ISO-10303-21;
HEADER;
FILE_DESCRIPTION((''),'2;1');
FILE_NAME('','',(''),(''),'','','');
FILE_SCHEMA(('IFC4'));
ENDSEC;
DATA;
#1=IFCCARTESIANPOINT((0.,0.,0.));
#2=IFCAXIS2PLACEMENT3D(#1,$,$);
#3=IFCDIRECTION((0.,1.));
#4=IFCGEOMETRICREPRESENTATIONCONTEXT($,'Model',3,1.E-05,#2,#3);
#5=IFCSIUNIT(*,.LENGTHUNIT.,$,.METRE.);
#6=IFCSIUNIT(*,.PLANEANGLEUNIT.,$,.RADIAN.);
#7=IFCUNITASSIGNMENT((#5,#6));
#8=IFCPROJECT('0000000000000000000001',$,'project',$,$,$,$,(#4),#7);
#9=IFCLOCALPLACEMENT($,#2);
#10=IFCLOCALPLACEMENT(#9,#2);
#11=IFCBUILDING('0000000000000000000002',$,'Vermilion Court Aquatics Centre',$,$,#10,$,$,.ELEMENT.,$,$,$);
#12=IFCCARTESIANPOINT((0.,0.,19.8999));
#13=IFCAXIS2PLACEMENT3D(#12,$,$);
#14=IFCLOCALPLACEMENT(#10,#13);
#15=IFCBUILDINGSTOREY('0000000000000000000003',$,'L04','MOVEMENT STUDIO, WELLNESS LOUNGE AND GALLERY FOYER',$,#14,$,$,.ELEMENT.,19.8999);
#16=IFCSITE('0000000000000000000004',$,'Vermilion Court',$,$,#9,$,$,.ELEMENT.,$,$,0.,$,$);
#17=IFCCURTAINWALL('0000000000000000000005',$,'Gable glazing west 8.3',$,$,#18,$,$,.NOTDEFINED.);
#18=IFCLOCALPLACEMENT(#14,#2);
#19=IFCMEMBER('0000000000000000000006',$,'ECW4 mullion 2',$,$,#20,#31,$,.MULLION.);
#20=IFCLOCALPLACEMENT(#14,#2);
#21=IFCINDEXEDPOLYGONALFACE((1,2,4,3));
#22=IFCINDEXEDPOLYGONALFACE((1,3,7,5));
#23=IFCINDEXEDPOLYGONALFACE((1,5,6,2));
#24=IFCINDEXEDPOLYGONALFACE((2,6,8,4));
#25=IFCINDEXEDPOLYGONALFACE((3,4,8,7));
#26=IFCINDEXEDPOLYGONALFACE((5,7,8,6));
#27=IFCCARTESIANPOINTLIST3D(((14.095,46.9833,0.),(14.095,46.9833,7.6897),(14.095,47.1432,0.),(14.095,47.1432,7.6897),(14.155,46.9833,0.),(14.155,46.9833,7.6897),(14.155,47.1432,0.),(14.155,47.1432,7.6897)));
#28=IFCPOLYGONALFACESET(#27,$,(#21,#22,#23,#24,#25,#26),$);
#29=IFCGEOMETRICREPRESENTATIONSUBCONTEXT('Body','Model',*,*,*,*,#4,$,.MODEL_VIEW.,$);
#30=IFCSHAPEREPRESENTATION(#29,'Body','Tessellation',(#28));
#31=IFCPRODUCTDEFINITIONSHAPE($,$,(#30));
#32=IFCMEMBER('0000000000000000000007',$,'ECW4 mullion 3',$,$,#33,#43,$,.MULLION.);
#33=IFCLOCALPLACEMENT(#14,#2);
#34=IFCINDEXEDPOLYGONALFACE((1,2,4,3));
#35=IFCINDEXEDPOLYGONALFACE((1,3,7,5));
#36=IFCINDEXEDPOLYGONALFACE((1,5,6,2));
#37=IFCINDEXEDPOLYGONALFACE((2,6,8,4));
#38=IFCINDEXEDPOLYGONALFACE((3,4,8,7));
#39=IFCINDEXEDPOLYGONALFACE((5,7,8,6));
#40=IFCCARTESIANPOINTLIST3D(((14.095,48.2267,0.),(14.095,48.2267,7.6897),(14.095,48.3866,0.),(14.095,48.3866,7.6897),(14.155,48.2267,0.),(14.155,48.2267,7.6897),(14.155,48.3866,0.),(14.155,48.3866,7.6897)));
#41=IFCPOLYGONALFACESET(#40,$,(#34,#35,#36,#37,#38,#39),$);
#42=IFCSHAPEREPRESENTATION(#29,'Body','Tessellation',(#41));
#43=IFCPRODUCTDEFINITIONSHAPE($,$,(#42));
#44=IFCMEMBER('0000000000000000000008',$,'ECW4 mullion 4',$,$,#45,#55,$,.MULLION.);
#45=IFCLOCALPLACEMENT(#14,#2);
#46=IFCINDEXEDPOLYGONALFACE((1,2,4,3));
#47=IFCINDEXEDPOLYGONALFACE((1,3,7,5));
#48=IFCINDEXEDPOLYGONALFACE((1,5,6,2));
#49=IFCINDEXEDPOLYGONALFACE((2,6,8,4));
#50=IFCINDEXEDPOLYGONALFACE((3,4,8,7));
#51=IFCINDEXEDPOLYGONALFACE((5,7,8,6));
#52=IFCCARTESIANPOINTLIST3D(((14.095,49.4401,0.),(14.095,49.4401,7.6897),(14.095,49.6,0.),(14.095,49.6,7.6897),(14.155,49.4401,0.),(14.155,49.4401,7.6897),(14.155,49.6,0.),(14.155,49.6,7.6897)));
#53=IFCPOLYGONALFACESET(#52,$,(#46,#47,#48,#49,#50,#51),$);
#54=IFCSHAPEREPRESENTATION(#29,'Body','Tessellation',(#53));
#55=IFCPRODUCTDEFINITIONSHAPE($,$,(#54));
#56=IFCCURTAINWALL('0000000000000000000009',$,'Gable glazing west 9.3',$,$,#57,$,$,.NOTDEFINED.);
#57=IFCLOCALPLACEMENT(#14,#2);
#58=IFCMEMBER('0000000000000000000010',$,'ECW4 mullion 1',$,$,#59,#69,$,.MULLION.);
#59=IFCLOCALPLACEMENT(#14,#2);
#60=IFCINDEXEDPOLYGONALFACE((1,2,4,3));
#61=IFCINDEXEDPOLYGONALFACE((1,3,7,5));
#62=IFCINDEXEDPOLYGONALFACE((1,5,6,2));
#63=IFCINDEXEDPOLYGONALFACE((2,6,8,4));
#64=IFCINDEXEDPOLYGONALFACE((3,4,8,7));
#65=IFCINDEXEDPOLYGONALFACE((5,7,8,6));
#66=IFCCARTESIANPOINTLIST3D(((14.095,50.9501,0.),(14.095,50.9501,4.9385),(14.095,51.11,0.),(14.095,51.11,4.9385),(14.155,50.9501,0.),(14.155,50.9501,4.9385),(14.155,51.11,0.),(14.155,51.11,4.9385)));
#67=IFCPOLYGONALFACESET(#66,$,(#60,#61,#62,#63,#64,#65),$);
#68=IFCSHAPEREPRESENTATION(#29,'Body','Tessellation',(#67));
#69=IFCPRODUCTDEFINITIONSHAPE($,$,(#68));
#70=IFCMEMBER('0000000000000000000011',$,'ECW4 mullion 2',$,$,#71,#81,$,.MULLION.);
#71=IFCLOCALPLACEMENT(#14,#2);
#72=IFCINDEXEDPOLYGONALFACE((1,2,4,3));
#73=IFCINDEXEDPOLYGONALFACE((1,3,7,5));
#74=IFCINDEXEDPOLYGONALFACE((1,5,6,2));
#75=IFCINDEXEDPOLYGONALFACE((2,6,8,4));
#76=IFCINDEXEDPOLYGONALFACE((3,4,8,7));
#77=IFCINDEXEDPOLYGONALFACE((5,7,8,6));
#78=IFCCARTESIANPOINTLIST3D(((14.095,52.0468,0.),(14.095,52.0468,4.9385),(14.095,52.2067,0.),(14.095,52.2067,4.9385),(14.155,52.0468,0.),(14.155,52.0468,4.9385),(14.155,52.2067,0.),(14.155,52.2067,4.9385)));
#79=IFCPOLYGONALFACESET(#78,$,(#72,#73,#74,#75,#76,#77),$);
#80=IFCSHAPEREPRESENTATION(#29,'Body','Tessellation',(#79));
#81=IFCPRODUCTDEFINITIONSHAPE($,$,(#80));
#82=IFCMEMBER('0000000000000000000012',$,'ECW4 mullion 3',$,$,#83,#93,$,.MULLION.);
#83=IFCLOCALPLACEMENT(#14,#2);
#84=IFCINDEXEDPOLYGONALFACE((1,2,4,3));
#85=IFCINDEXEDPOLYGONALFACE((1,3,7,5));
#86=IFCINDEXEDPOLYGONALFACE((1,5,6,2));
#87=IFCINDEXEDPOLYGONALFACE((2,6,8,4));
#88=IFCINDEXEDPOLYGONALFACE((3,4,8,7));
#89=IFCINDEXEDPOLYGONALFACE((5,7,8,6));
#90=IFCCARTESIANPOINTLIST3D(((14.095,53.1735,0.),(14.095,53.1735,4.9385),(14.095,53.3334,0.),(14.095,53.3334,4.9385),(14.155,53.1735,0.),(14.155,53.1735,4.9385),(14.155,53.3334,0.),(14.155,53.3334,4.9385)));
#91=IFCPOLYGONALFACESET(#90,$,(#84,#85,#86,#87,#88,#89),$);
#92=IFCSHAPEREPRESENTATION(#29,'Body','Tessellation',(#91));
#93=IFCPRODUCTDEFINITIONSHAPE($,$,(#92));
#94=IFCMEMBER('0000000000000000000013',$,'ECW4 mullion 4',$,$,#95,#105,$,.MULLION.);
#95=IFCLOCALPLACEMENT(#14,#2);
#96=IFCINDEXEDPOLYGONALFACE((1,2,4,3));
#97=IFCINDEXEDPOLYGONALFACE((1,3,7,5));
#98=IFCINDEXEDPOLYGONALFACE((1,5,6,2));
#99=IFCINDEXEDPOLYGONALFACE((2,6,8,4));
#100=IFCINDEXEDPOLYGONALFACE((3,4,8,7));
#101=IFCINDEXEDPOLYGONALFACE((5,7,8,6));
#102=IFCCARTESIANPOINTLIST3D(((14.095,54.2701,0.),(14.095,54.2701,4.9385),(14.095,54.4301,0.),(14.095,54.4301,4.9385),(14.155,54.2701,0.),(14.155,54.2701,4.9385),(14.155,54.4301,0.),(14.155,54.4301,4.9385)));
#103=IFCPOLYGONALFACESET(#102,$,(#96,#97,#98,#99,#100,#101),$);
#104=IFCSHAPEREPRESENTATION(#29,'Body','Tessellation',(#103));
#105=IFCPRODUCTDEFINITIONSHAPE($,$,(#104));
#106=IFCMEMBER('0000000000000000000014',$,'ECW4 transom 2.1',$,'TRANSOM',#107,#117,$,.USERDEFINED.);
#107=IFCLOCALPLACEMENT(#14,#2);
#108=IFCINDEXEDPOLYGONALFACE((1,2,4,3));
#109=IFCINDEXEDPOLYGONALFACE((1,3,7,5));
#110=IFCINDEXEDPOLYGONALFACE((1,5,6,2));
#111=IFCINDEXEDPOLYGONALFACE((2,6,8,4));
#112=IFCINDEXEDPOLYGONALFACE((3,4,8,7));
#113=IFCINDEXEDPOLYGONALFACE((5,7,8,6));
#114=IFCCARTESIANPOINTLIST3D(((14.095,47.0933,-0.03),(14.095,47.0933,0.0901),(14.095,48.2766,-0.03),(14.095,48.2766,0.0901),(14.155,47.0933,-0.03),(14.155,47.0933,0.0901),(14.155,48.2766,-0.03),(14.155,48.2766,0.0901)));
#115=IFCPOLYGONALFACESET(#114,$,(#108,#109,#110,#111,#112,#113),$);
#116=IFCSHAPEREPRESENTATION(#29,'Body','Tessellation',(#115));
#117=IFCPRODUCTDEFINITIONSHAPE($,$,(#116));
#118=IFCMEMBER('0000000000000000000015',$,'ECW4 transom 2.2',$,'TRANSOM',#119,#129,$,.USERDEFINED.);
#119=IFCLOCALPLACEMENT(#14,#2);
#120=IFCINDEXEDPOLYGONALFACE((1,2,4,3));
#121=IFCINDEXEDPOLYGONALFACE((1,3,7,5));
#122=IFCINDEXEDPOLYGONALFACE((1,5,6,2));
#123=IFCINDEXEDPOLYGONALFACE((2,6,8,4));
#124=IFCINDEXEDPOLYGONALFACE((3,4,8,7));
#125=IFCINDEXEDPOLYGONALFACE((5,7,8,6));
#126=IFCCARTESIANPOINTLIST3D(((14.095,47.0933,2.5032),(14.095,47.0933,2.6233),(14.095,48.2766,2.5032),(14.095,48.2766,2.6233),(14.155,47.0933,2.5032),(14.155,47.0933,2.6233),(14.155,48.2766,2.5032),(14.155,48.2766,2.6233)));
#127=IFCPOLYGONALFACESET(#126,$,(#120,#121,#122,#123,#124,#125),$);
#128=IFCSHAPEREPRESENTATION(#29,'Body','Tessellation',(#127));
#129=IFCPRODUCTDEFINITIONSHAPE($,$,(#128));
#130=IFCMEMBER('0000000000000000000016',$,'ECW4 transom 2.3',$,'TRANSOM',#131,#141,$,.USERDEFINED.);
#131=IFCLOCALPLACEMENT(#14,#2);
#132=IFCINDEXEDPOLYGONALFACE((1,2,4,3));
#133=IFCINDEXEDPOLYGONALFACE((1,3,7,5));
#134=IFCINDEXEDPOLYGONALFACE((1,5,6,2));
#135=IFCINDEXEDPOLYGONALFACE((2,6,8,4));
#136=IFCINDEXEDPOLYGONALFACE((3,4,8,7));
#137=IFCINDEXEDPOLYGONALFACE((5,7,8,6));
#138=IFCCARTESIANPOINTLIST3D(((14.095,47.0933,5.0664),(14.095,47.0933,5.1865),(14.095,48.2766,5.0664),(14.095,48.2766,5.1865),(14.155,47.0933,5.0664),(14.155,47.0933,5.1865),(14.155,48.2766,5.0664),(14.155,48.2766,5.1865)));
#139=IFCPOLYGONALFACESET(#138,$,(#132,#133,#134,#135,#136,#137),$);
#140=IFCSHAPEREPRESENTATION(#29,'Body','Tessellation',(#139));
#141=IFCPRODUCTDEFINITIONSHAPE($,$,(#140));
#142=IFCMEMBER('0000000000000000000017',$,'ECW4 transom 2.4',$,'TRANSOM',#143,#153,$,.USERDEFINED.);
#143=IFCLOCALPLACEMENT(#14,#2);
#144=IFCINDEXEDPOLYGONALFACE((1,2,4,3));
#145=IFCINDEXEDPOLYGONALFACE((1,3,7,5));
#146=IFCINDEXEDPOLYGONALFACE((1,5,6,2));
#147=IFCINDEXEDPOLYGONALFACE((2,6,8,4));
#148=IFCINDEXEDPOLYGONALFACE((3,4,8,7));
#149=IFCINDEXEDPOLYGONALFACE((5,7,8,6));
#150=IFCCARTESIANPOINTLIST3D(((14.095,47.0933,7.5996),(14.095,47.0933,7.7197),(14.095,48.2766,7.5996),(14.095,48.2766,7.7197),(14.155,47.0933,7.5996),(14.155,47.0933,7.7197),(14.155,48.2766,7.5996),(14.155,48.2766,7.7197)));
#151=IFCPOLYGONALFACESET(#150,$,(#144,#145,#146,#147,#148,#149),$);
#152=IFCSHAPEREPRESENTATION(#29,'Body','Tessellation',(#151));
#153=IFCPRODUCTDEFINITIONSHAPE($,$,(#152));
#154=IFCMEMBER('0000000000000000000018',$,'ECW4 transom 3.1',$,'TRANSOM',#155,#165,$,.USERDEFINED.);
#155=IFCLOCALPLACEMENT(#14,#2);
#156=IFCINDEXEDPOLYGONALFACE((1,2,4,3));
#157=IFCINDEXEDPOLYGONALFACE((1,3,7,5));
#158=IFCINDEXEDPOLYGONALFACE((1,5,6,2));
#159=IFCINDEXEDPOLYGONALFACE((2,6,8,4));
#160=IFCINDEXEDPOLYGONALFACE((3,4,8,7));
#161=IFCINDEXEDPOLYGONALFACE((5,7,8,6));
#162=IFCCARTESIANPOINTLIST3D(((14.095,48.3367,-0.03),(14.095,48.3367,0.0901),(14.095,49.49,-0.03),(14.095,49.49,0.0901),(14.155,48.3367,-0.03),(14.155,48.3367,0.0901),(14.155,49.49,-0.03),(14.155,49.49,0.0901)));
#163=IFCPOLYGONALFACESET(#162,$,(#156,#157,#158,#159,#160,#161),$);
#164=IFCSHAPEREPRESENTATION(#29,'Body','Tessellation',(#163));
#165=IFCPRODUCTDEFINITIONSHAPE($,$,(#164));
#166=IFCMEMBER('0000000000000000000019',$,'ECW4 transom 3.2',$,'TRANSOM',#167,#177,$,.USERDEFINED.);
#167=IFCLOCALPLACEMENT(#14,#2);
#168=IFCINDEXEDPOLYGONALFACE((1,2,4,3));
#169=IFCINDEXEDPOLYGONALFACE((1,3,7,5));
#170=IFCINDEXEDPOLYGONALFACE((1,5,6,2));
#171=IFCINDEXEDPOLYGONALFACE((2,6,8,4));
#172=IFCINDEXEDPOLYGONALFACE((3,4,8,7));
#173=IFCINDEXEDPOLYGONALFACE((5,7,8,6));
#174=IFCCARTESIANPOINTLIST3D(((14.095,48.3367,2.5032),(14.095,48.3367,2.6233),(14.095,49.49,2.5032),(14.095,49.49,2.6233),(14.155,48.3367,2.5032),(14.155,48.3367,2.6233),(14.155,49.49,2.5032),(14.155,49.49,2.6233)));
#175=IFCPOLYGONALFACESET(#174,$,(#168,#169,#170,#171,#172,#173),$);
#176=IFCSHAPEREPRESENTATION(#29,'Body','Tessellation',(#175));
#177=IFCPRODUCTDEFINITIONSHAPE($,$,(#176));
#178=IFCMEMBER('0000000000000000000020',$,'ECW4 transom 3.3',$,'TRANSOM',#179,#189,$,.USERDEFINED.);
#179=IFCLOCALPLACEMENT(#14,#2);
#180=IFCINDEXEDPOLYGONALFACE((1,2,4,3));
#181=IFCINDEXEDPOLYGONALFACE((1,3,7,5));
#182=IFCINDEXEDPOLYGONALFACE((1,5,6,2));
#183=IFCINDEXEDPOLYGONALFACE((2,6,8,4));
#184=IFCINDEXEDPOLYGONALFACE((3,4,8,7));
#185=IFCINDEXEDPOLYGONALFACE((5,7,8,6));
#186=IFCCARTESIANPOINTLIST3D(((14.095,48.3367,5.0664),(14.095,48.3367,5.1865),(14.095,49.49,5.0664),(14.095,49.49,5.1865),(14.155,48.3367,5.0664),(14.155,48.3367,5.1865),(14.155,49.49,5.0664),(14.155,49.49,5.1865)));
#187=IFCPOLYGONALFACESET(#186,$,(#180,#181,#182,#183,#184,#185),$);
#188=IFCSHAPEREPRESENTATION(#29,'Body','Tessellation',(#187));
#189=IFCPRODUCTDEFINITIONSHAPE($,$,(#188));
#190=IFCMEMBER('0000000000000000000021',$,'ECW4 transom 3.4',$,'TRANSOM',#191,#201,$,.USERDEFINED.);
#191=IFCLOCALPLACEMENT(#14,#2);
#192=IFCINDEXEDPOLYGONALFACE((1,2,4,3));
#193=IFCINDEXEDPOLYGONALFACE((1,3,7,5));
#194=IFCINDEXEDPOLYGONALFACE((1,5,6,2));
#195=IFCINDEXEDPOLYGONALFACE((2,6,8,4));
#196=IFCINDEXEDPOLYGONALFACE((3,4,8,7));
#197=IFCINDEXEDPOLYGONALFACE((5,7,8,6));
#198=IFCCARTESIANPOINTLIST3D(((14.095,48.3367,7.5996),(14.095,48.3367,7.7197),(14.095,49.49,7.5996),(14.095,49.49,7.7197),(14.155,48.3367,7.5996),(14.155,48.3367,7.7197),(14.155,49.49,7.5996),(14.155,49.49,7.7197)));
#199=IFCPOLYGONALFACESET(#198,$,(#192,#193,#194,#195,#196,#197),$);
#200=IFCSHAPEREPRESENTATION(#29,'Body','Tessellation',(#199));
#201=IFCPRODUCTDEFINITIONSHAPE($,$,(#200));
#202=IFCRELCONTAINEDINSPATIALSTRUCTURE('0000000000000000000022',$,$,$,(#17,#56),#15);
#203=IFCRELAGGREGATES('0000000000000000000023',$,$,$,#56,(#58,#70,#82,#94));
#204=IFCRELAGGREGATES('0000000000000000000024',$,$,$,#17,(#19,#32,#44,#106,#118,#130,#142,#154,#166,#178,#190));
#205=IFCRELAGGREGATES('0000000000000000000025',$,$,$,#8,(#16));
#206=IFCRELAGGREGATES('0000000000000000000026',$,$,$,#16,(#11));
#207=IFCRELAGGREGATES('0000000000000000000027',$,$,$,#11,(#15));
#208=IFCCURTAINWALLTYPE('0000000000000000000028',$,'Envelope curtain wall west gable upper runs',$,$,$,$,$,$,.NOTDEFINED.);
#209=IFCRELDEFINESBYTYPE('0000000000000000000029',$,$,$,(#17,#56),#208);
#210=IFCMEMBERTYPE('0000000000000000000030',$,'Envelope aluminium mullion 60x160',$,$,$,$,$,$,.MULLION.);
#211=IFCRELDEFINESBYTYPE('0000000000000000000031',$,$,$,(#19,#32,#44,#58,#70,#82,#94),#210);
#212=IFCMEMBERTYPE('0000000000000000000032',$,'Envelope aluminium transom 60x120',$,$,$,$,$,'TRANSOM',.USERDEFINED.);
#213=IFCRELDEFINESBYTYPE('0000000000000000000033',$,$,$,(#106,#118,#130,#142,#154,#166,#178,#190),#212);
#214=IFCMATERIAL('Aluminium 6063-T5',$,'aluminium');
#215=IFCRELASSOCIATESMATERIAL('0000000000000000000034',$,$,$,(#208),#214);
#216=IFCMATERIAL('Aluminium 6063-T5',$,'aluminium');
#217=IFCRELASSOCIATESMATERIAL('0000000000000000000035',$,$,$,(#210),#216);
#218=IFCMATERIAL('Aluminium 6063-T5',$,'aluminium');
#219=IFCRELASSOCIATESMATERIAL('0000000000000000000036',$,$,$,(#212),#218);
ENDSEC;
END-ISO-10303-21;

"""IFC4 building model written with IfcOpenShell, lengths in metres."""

from ifc_helpers import new_model, si_unit, direction, frame, origin, origin_2d, place, context, subcontext, project, spatial, rectangle, extrude, material, material_profile, profile_set, type_object, element, aggregate, save


model = new_model("IFC4")

# Units and contexts
model_context = context("Model", 3, precision=1e-05, world=origin(), true_north=direction((0.0, 1.0)))
body_context = subcontext(model_context, "Body", "Model", "MODEL_VIEW")
ifc_project = project(units=[si_unit("LENGTHUNIT", "METRE"), si_unit("PLANEANGLEUNIT", "RADIAN")], contexts=[model_context])

# Site, building, storey
site_placement = place(None, origin())
site = spatial("IfcSite", under=ifc_project, at=site_placement, Name="Vermilion Court", CompositionType="ELEMENT", RefElevation=0.0)
building_placement = place(site_placement, origin())
building = spatial("IfcBuilding", under=site, at=building_placement, Name="Vermilion Court Aquatics Centre", CompositionType="ELEMENT")
storey_placement = place(building_placement, frame((0.0, 0.0, 19.8999)))
storey = spatial("IfcBuildingStorey", under=building, at=storey_placement, Name="L04", Description="MOVEMENT STUDIO, WELLNESS LOUNGE AND GALLERY FOYER", CompositionType="ELEMENT", Elevation=19.8999)

# Curtain walls, members
ifc_material_1 = material(Name="Aluminium 6063-T5", Category="aluminium")
curtain_wall_type = type_object("IfcCurtainWallType", Name="Envelope curtain wall west gable upper runs", PredefinedType="NOTDEFINED", material=ifc_material_1)
curtain_wall_1_placement = place(storey_placement, origin())
curtain_wall_1 = element("IfcCurtainWall", 1, at=curtain_wall_1_placement, inside=storey, type_object=curtain_wall_type, Name="Gable glazing west 8.3", PredefinedType="NOTDEFINED")
ifc_material_2 = material(Name="Aluminium 6063-T5", Category="aluminium")
ifc_material_profile_1 = material_profile(ifc_material_2, rectangle(XDim=0.0601, YDim=0.1599, at=origin_2d()), Name="AL 60x160")
ifc_profile_set_1 = profile_set([ifc_material_profile_1], Name="Aluminium 6063-T5")
member_type_1 = type_object("IfcMemberType", Name="Envelope aluminium mullion 60x160", PredefinedType="MULLION", material=ifc_profile_set_1)
member_1_placement = place(storey_placement, frame((14.125, 47.0632, 0.0), z_axis=(0.0, 0.0, 1.0), x_axis=(-1.0, 0.0, 0.0)))
member_1 = element("IfcMember", 2, at=member_1_placement, type_object=member_type_1, Name="ECW4 mullion 2", PredefinedType="MULLION", context=body_context, shape_type="SweptSolid", body=[
    extrude(rectangle(XDim=0.0601, YDim=0.1599, at=origin_2d()), origin(), (0.0, 0.0, 1.0), 7.6897),
])
member_2_placement = place(storey_placement, frame((14.125, 48.3066, 0.0), z_axis=(0.0, 0.0, 1.0), x_axis=(-1.0, 0.0, 0.0)))
member_2 = element("IfcMember", 3, at=member_2_placement, type_object=member_type_1, Name="ECW4 mullion 3", PredefinedType="MULLION", context=body_context, shape_type="SweptSolid", body=[
    extrude(rectangle(XDim=0.0601, YDim=0.1599, at=origin_2d()), origin(), (0.0, 0.0, 1.0), 7.6897),
])
member_3_placement = place(storey_placement, frame((14.125, 49.52, 0.0), z_axis=(0.0, 0.0, 1.0), x_axis=(-1.0, 0.0, 0.0)))
member_3 = element("IfcMember", 4, at=member_3_placement, type_object=member_type_1, Name="ECW4 mullion 4", PredefinedType="MULLION", context=body_context, shape_type="SweptSolid", body=[
    extrude(rectangle(XDim=0.0601, YDim=0.1599, at=origin_2d()), origin(), (0.0, 0.0, 1.0), 7.6897),
])
curtain_wall_2_placement = place(storey_placement, origin())
curtain_wall_2 = element("IfcCurtainWall", 5, at=curtain_wall_2_placement, inside=storey, type_object=curtain_wall_type, Name="Gable glazing west 9.3", PredefinedType="NOTDEFINED")
member_4_placement = place(storey_placement, frame((14.125, 51.03, 0.0), z_axis=(0.0, 0.0, 1.0), x_axis=(-1.0, 0.0, 0.0)))
member_4 = element("IfcMember", 6, at=member_4_placement, type_object=member_type_1, Name="ECW4 mullion 1", PredefinedType="MULLION", context=body_context, shape_type="SweptSolid", body=[
    extrude(rectangle(XDim=0.0601, YDim=0.1599, at=origin_2d()), origin(), (0.0, 0.0, 1.0), 4.9385),
])
member_5_placement = place(storey_placement, frame((14.125, 52.1267, 0.0), z_axis=(0.0, 0.0, 1.0), x_axis=(-1.0, 0.0, 0.0)))
member_5 = element("IfcMember", 7, at=member_5_placement, type_object=member_type_1, Name="ECW4 mullion 2", PredefinedType="MULLION", context=body_context, shape_type="SweptSolid", body=[
    extrude(rectangle(XDim=0.0601, YDim=0.1599, at=origin_2d()), origin(), (0.0, 0.0, 1.0), 4.9385),
])
member_6_placement = place(storey_placement, frame((14.125, 53.2534, 0.0), z_axis=(0.0, 0.0, 1.0), x_axis=(-1.0, 0.0, 0.0)))
member_6 = element("IfcMember", 8, at=member_6_placement, type_object=member_type_1, Name="ECW4 mullion 3", PredefinedType="MULLION", context=body_context, shape_type="SweptSolid", body=[
    extrude(rectangle(XDim=0.0601, YDim=0.1599, at=origin_2d()), origin(), (0.0, 0.0, 1.0), 4.9385),
])
member_7_placement = place(storey_placement, frame((14.125, 54.3501, 0.0), z_axis=(0.0, 0.0, 1.0), x_axis=(-1.0, 0.0, 0.0)))
member_7 = element("IfcMember", 9, at=member_7_placement, type_object=member_type_1, Name="ECW4 mullion 4", PredefinedType="MULLION", context=body_context, shape_type="SweptSolid", body=[
    extrude(rectangle(XDim=0.0601, YDim=0.1599, at=origin_2d()), origin(), (0.0, 0.0, 1.0), 4.9385),
])
aggregate(curtain_wall_2, [member_4, member_5, member_6, member_7])

# Members
ifc_material_3 = material(Name="Aluminium 6063-T5", Category="aluminium")
ifc_material_profile_2 = material_profile(ifc_material_3, rectangle(XDim=0.0601, YDim=0.1201, at=origin_2d()), Name="AL 60x120")
ifc_profile_set_2 = profile_set([ifc_material_profile_2], Name="Aluminium 6063-T5")
member_type_2 = type_object("IfcMemberType", Name="Envelope aluminium transom 60x120", ElementType="TRANSOM", PredefinedType="USERDEFINED", material=ifc_profile_set_2)
member_8_placement = place(storey_placement, frame((14.125, 47.0933, 0.03), z_axis=(0.0, 1.0, 0.0), x_axis=(-1.0, 0.0, 0.0)))
member_8 = element("IfcMember", 10, at=member_8_placement, type_object=member_type_2, Name="ECW4 transom 2.1", ObjectType="TRANSOM", PredefinedType="USERDEFINED", context=body_context, shape_type="SweptSolid", body=[
    extrude(rectangle(XDim=0.0601, YDim=0.1201, at=origin_2d()), origin(), (0.0, 0.0, 1.0), 1.1833),
])
member_9_placement = place(storey_placement, frame((14.125, 47.0933, 2.5632), z_axis=(0.0, 1.0, 0.0), x_axis=(-1.0, 0.0, 0.0)))
member_9 = element("IfcMember", 11, at=member_9_placement, type_object=member_type_2, Name="ECW4 transom 2.2", ObjectType="TRANSOM", PredefinedType="USERDEFINED", context=body_context, shape_type="SweptSolid", body=[
    extrude(rectangle(XDim=0.0601, YDim=0.1201, at=origin_2d()), origin(), (0.0, 0.0, 1.0), 1.1833),
])
member_10_placement = place(storey_placement, frame((14.125, 47.0933, 5.1265), z_axis=(0.0, 1.0, 0.0), x_axis=(-1.0, 0.0, 0.0)))
member_10 = element("IfcMember", 12, at=member_10_placement, type_object=member_type_2, Name="ECW4 transom 2.3", ObjectType="TRANSOM", PredefinedType="USERDEFINED", context=body_context, shape_type="SweptSolid", body=[
    extrude(rectangle(XDim=0.0601, YDim=0.1201, at=origin_2d()), origin(), (0.0, 0.0, 1.0), 1.1833),
])
member_11_placement = place(storey_placement, frame((14.125, 47.0933, 7.6597), z_axis=(0.0, 1.0, 0.0), x_axis=(-1.0, 0.0, 0.0)))
member_11 = element("IfcMember", 13, at=member_11_placement, type_object=member_type_2, Name="ECW4 transom 2.4", ObjectType="TRANSOM", PredefinedType="USERDEFINED", context=body_context, shape_type="SweptSolid", body=[
    extrude(rectangle(XDim=0.0601, YDim=0.1201, at=origin_2d()), origin(), (0.0, 0.0, 1.0), 1.1833),
])
member_12_placement = place(storey_placement, frame((14.125, 48.3367, 0.03), z_axis=(0.0, 1.0, 0.0), x_axis=(-1.0, 0.0, 0.0)))
member_12 = element("IfcMember", 14, at=member_12_placement, type_object=member_type_2, Name="ECW4 transom 3.1", ObjectType="TRANSOM", PredefinedType="USERDEFINED", context=body_context, shape_type="SweptSolid", body=[
    extrude(rectangle(XDim=0.0601, YDim=0.1201, at=origin_2d()), origin(), (0.0, 0.0, 1.0), 1.1533),
])
member_13_placement = place(storey_placement, frame((14.125, 48.3367, 2.5632), z_axis=(0.0, 1.0, 0.0), x_axis=(-1.0, 0.0, 0.0)))
member_13 = element("IfcMember", 15, at=member_13_placement, type_object=member_type_2, Name="ECW4 transom 3.2", ObjectType="TRANSOM", PredefinedType="USERDEFINED", context=body_context, shape_type="SweptSolid", body=[
    extrude(rectangle(XDim=0.0601, YDim=0.1201, at=origin_2d()), origin(), (0.0, 0.0, 1.0), 1.1533),
])
member_14_placement = place(storey_placement, frame((14.125, 48.3367, 5.1265), z_axis=(0.0, 1.0, 0.0), x_axis=(-1.0, 0.0, 0.0)))
member_14 = element("IfcMember", 16, at=member_14_placement, type_object=member_type_2, Name="ECW4 transom 3.3", ObjectType="TRANSOM", PredefinedType="USERDEFINED", context=body_context, shape_type="SweptSolid", body=[
    extrude(rectangle(XDim=0.0601, YDim=0.1201, at=origin_2d()), origin(), (0.0, 0.0, 1.0), 1.1533),
])
member_15_placement = place(storey_placement, frame((14.125, 48.3367, 7.6597), z_axis=(0.0, 1.0, 0.0), x_axis=(-1.0, 0.0, 0.0)))
member_15 = element("IfcMember", 17, at=member_15_placement, type_object=member_type_2, Name="ECW4 transom 3.4", ObjectType="TRANSOM", PredefinedType="USERDEFINED", context=body_context, shape_type="SweptSolid", body=[
    extrude(rectangle(XDim=0.0601, YDim=0.1201, at=origin_2d()), origin(), (0.0, 0.0, 1.0), 1.1533),
])

aggregate(curtain_wall_1, [member_1, member_2, member_3, member_8, member_9, member_10, member_11, member_12, member_13, member_14, member_15])

save(model, "model.ifc")
